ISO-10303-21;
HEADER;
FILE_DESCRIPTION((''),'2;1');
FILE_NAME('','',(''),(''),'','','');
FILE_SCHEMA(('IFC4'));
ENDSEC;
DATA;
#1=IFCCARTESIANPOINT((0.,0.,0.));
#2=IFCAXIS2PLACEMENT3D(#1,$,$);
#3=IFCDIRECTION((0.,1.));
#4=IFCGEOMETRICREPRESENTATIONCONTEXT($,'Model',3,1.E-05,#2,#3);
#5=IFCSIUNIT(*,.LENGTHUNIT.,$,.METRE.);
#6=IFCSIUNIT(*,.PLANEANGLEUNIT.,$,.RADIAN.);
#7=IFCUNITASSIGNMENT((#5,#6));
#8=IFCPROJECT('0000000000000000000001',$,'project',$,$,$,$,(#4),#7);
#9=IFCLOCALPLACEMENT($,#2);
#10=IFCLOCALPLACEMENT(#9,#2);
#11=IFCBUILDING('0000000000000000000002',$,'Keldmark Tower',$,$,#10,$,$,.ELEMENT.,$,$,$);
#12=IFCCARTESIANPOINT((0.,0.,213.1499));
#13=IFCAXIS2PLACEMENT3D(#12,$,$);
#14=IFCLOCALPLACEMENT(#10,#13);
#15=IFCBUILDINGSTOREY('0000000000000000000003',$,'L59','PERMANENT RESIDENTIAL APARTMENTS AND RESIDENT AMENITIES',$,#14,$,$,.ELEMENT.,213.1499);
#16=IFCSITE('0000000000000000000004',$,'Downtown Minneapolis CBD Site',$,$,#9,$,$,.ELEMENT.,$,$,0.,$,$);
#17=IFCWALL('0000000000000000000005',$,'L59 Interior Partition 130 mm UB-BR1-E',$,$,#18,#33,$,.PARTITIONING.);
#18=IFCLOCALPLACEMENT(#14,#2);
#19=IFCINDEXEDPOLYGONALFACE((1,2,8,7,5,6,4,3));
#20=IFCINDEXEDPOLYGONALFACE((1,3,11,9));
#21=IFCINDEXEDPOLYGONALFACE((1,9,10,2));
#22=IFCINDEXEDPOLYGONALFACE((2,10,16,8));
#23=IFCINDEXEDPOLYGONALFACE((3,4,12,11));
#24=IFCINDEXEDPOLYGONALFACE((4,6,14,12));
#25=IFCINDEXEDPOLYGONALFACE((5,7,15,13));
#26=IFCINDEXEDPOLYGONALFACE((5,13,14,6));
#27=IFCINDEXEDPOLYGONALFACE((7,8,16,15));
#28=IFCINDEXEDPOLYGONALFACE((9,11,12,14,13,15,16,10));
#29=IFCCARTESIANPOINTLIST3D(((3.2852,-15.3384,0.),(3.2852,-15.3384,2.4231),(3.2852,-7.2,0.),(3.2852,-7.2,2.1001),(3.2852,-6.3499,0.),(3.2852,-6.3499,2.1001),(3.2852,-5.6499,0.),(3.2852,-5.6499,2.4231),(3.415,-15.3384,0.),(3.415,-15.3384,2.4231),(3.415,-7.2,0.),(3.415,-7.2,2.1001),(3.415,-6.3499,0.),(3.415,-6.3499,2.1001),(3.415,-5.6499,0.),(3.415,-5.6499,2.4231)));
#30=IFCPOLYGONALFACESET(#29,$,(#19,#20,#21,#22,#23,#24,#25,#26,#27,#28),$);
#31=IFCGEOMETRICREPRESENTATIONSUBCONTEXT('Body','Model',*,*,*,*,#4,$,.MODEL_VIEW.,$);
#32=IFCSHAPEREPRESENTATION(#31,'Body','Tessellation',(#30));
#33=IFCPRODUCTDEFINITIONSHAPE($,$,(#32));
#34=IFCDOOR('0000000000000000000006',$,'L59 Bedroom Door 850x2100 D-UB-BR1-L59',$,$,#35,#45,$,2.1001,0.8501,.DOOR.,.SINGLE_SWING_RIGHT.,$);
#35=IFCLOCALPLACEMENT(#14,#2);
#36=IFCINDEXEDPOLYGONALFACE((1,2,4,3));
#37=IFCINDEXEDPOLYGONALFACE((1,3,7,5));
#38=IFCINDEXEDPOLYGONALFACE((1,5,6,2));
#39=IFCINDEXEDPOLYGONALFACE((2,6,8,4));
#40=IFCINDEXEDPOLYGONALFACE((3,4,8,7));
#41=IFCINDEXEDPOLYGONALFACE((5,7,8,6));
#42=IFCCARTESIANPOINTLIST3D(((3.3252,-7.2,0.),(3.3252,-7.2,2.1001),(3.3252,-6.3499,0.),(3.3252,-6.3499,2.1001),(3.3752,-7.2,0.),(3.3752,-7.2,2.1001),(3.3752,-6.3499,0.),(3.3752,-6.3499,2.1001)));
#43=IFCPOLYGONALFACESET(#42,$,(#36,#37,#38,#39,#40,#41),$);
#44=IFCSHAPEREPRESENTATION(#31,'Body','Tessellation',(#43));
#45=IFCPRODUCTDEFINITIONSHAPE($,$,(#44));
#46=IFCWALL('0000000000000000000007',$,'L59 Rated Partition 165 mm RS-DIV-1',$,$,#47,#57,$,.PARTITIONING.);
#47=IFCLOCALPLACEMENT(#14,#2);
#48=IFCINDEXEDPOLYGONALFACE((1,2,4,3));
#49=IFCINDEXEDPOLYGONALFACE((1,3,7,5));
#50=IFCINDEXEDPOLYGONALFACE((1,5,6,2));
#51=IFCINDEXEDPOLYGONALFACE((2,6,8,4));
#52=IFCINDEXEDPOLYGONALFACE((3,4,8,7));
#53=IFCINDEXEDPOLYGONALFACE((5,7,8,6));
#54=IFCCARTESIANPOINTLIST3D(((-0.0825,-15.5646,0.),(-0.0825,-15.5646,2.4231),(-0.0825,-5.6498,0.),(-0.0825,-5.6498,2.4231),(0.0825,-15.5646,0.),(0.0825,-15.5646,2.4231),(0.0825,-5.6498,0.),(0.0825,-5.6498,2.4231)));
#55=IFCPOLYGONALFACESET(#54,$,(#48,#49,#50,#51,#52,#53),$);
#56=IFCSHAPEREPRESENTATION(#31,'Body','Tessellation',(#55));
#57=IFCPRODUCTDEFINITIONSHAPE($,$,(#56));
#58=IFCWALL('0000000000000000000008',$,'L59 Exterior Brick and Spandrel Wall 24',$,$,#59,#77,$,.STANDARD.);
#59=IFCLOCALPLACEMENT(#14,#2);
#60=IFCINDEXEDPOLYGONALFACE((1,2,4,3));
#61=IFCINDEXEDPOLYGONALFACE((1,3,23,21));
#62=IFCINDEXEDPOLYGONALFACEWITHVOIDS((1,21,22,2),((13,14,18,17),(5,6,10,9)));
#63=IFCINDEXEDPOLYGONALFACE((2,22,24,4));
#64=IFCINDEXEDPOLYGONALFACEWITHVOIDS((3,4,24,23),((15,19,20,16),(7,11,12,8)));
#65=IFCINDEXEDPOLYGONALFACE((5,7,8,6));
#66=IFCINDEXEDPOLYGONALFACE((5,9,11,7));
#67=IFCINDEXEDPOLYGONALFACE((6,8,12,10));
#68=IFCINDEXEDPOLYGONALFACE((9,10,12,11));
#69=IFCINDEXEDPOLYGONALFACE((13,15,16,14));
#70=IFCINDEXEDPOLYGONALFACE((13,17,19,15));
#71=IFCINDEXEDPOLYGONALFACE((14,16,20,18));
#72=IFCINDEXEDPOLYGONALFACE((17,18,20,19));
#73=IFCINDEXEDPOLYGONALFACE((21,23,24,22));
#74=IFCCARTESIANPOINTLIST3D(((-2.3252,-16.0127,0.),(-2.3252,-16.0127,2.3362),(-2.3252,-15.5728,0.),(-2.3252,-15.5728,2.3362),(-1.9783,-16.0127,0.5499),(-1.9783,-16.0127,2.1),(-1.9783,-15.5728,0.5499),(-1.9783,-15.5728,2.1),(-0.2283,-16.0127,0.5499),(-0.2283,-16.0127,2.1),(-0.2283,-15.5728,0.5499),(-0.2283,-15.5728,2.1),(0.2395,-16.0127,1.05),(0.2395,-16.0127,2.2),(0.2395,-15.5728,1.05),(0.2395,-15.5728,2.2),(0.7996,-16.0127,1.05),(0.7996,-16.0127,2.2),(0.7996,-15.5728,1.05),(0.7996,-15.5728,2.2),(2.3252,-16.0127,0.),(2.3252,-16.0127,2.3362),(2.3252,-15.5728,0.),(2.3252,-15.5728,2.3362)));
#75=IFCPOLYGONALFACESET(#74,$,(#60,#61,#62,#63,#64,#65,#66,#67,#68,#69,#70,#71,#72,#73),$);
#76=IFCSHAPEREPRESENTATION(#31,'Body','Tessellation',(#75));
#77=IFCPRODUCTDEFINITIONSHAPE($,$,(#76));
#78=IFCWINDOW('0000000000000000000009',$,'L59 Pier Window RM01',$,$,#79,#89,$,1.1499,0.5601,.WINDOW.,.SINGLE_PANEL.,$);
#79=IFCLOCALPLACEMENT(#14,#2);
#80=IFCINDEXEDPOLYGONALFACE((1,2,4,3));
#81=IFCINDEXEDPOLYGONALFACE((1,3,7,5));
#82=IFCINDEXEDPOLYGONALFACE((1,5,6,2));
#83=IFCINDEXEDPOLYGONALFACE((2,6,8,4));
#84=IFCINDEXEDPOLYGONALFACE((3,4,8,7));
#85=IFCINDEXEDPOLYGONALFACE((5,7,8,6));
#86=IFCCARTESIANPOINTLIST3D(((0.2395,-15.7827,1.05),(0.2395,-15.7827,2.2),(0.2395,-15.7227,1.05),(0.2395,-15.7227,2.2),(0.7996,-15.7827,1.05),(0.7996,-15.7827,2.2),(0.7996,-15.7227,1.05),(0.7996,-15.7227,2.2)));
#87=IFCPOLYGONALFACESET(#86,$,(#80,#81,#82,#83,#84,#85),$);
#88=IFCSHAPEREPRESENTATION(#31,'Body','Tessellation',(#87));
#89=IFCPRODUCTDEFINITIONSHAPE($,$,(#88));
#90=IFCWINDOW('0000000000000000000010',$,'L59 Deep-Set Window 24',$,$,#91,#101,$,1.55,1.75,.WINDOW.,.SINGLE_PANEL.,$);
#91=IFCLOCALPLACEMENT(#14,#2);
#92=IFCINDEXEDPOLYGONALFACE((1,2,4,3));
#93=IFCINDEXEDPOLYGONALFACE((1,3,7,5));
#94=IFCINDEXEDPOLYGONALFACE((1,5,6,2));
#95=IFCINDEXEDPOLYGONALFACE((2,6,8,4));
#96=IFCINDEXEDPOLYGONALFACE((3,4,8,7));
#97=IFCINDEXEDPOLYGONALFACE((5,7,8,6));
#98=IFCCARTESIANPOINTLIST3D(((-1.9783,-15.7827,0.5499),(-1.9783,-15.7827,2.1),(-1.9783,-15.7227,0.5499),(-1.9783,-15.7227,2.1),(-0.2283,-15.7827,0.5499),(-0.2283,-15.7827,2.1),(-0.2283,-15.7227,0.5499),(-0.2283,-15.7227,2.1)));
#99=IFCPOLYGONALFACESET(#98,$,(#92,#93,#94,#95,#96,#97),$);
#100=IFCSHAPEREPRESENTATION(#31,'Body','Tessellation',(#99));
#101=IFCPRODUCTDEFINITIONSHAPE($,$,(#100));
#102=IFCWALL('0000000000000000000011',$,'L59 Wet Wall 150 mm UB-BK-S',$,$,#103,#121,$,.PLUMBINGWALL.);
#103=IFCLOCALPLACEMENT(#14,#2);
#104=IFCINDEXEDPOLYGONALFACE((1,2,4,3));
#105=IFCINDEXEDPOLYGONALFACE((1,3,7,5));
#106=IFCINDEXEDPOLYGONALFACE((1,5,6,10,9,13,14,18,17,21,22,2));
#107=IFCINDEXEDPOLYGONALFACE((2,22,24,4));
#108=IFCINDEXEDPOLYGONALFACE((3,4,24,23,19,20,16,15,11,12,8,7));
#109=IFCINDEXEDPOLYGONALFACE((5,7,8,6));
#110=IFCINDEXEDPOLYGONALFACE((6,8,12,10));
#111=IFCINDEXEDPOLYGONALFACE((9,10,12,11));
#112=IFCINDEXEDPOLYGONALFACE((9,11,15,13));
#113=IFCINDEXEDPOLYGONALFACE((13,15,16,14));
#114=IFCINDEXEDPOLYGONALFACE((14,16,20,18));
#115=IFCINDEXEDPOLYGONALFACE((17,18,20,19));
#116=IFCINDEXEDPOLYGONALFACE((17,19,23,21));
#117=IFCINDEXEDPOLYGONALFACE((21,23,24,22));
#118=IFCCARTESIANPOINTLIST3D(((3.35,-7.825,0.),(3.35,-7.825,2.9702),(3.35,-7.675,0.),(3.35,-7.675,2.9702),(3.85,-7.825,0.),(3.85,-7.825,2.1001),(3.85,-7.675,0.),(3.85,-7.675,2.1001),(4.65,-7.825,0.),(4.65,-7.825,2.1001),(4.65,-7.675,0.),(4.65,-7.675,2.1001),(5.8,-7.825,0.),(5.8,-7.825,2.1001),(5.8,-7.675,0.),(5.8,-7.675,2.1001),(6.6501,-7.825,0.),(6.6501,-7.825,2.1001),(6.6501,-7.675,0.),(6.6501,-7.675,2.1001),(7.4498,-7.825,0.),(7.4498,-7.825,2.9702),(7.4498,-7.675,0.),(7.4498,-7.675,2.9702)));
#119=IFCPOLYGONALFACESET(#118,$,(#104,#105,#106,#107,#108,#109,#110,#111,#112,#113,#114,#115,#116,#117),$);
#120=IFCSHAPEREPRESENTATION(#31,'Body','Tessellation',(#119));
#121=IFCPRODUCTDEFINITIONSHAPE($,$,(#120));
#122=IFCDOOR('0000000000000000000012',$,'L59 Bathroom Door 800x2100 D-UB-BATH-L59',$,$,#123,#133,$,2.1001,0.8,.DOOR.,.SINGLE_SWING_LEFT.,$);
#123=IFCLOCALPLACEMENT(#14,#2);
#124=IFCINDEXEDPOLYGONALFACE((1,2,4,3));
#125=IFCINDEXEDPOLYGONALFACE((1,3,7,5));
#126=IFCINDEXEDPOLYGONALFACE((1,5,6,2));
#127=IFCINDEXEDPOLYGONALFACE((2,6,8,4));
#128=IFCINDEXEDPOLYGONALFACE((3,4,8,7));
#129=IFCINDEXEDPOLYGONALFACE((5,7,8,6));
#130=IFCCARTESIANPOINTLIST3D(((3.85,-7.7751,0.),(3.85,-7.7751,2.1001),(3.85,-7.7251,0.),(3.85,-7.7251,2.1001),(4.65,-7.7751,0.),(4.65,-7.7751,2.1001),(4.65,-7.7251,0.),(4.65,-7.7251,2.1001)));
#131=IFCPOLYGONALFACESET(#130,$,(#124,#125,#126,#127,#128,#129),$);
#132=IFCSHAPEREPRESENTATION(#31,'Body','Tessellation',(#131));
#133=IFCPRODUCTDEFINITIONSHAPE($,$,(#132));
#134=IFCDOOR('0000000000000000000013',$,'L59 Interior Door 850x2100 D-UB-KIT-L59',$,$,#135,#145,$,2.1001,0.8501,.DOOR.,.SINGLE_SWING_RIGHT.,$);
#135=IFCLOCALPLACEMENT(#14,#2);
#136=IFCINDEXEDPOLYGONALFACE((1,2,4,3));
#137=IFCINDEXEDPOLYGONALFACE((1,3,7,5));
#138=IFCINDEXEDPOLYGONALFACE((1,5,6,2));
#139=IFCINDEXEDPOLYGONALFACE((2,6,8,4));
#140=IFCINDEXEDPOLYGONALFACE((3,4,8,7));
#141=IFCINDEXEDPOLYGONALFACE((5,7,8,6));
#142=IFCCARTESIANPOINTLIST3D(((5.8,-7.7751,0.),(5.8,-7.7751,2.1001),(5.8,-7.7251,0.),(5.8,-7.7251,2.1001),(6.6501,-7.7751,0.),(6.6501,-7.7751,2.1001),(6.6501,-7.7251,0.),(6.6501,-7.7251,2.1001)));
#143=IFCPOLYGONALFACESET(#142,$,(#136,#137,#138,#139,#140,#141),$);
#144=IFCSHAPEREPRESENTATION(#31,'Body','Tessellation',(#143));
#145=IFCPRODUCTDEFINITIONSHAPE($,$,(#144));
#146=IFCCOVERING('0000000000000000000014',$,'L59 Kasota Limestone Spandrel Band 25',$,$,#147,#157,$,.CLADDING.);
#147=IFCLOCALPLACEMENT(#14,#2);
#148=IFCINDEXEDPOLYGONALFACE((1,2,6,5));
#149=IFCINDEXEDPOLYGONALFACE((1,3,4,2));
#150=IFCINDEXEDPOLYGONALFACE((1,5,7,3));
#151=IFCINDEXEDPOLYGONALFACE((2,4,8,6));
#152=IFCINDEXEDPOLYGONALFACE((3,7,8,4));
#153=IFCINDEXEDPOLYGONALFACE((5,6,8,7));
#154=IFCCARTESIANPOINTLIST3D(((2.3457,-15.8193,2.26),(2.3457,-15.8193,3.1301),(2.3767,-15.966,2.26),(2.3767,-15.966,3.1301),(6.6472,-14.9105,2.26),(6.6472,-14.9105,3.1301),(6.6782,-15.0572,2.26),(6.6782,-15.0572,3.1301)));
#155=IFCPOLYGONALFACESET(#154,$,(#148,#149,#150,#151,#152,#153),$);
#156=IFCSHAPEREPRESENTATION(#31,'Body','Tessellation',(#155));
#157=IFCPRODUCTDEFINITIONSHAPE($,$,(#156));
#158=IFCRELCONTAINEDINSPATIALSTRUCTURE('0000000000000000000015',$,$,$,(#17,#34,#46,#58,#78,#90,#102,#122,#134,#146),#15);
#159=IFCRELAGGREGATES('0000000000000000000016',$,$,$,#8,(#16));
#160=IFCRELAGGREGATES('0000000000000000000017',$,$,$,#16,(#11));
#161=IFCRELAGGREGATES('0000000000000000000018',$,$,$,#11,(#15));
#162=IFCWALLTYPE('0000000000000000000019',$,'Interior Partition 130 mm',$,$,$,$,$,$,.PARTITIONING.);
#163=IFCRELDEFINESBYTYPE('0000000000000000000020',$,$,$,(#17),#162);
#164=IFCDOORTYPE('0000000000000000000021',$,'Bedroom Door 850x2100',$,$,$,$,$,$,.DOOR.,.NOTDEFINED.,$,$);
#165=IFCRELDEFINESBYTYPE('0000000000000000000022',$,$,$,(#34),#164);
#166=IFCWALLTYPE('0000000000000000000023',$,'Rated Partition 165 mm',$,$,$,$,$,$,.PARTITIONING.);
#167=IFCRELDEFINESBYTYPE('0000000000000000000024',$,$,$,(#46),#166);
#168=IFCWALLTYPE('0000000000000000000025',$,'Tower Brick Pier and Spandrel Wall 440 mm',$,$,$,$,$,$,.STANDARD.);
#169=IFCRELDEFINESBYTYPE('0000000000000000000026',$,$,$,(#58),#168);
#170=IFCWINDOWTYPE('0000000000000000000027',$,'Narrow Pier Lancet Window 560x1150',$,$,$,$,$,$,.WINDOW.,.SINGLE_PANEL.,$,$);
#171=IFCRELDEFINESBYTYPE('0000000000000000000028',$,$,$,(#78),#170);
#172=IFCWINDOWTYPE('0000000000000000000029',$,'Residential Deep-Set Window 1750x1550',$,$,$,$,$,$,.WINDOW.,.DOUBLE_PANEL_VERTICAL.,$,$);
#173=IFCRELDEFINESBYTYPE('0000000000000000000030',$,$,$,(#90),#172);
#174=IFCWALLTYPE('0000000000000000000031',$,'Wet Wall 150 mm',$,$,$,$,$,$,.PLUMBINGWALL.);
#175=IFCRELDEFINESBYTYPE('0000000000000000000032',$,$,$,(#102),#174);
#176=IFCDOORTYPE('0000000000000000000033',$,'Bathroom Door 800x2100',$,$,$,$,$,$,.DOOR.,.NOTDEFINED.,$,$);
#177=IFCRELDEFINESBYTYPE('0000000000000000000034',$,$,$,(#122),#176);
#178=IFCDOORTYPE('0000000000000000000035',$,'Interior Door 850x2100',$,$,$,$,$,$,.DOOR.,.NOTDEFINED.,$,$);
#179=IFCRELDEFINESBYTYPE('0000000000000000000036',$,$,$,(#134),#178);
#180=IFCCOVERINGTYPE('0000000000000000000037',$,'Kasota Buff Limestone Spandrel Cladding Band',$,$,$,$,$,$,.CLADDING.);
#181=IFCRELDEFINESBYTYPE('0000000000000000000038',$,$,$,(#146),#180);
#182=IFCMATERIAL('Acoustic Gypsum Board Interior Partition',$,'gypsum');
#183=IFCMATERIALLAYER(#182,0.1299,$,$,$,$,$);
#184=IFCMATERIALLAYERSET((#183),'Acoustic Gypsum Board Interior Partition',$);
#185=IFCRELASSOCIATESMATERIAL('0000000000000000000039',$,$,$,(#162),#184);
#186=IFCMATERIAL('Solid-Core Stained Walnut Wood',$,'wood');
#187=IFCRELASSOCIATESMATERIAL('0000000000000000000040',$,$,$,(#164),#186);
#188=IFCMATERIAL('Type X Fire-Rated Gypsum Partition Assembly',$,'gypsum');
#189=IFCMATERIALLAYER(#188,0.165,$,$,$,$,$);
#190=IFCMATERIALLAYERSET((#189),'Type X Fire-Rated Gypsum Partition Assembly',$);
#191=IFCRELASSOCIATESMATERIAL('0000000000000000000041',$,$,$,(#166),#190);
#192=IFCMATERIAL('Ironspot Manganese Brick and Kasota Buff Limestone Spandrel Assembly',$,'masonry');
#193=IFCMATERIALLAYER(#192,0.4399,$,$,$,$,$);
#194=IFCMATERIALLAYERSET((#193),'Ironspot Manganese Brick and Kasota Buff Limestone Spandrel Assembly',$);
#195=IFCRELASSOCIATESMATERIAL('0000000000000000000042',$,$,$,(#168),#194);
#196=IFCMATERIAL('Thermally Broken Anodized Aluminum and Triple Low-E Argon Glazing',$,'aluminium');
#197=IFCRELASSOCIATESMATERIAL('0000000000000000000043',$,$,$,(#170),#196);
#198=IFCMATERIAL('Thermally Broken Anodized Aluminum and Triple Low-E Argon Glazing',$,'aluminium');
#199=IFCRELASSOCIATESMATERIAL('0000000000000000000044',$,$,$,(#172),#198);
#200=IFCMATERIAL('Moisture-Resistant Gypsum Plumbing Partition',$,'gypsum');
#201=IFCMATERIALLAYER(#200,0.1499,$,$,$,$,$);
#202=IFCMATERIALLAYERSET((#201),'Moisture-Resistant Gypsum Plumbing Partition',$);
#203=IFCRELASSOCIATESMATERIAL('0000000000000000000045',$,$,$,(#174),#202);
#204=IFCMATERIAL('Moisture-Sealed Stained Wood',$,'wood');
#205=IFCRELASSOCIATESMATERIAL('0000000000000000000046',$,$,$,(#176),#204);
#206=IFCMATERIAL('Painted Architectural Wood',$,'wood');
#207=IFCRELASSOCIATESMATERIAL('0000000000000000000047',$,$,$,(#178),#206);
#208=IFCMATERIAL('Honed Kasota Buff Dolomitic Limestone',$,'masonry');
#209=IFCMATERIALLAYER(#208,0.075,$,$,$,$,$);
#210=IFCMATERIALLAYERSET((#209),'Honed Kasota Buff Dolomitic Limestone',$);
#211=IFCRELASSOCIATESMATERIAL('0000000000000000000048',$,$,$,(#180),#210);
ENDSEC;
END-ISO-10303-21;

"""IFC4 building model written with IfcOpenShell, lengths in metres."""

from ifc_helpers import new_model, si_unit, direction, frame, frame_2d, origin, origin_2d, place, context, subcontext, project, spatial, rectangle, extrude, material, layer, layer_set, type_object, element, fill, save


model = new_model("IFC4")

# Units and contexts
model_context = context("Model", 3, precision=1e-05, world=origin(), true_north=direction((0.0, 1.0)))
body_context = subcontext(model_context, "Body", "Model", "MODEL_VIEW")
ifc_project = project(units=[si_unit("LENGTHUNIT", "METRE"), si_unit("PLANEANGLEUNIT", "RADIAN")], contexts=[model_context])

# Site, building, storey
site_placement = place(None, origin())
site = spatial("IfcSite", under=ifc_project, at=site_placement, Name="Downtown Minneapolis CBD Site", CompositionType="ELEMENT", RefElevation=0.0)
building_placement = place(site_placement, origin())
building = spatial("IfcBuilding", under=site, at=building_placement, Name="Keldmark Tower", CompositionType="ELEMENT")
storey_placement = place(building_placement, frame((0.0, 0.0, 213.1499)))
storey = spatial("IfcBuildingStorey", under=building, at=storey_placement, Name="L59", Description="PERMANENT RESIDENTIAL APARTMENTS AND RESIDENT AMENITIES", CompositionType="ELEMENT", Elevation=213.1499)

# Wall, opening, door
ifc_material_1 = material(Name="Acoustic Gypsum Board Interior Partition", Category="gypsum")
ifc_layer_1 = layer(ifc_material_1, 0.1299)
ifc_layer_set_1 = layer_set([ifc_layer_1], Name="Acoustic Gypsum Board Interior Partition")
wall_type_1 = type_object("IfcWallType", Name="Interior Partition 130 mm", PredefinedType="PARTITIONING", material=ifc_layer_set_1)
wall_1_placement = place(storey_placement, frame((3.3501, -15.3384, 0.0), z_axis=(0.0, 0.0, 1.0), x_axis=(0.0, 1.0, 0.0)))
wall_1 = element("IfcWall", 1, at=wall_1_placement, inside=storey, type_object=wall_type_1, Name="L59 Interior Partition 130 mm UB-BR1-E", PredefinedType="PARTITIONING", context=body_context, shape_type="SweptSolid", body=[
    extrude(rectangle(XDim=9.6885, YDim=0.1299, at=frame_2d((4.8442, 0.0))), origin(), (0.0, 0.0, 1.0), 2.4231),
])
opening_1_placement = place(wall_1_placement, frame((8.1384, 0.0, 0.0)))
opening_1 = element("IfcOpeningElement", 2, at=opening_1_placement, cuts=wall_1, PredefinedType="OPENING", context=body_context, shape_type="SweptSolid", body=[
    extrude(rectangle(XDim=0.8501, YDim=2.1001, at=frame_2d((0.425, 1.05))), frame((0.0, 0.075, 0.0), z_axis=(0.0, -1.0, 0.0), x_axis=(1.0, 0.0, 0.0)), (0.0, 0.0, 1.0), 0.1499),
])
ifc_material_2 = material(Name="Solid-Core Stained Walnut Wood", Category="wood")
door_type_1 = type_object("IfcDoorType", Name="Bedroom Door 850x2100", OperationType="NOTDEFINED", PredefinedType="DOOR", material=ifc_material_2)
door_1_placement = place(opening_1_placement, origin())
door_1 = element("IfcDoor", 3, at=door_1_placement, inside=storey, type_object=door_type_1, Name="L59 Bedroom Door 850x2100 D-UB-BR1-L59", OperationType="SINGLE_SWING_RIGHT", OverallHeight=2.1001, OverallWidth=0.8501, PredefinedType="DOOR", context=body_context, shape_type="SweptSolid", body=[
    extrude(rectangle(XDim=0.8501, YDim=2.1001, at=frame_2d((0.425, 1.05))), frame((0.0, 0.0249, 0.0), z_axis=(0.0, -1.0, 0.0), x_axis=(1.0, 0.0, 0.0)), (0.0, 0.0, 1.0), 0.05),
])
fill(opening_1, door_1)

# Wall
ifc_material_3 = material(Name="Type X Fire-Rated Gypsum Partition Assembly", Category="gypsum")
ifc_layer_2 = layer(ifc_material_3, 0.165)
ifc_layer_set_2 = layer_set([ifc_layer_2], Name="Type X Fire-Rated Gypsum Partition Assembly")
wall_type_2 = type_object("IfcWallType", Name="Rated Partition 165 mm", PredefinedType="PARTITIONING", material=ifc_layer_set_2)
wall_2_placement = place(storey_placement, frame((0.0, -15.5647, 0.0), z_axis=(0.0, 0.0, 1.0), x_axis=(0.0, 1.0, 0.0)))
element("IfcWall", 4, at=wall_2_placement, inside=storey, type_object=wall_type_2, Name="L59 Rated Partition 165 mm RS-DIV-1", PredefinedType="PARTITIONING", context=body_context, shape_type="SweptSolid", body=[
    extrude(rectangle(XDim=9.9148, YDim=0.165, at=frame_2d((4.9575, 0.0))), origin(), (0.0, 0.0, 1.0), 2.4231),
])

# Wall, openings, windows
ifc_material_4 = material(Name="Ironspot Manganese Brick and Kasota Buff Limestone Spandrel Assembly", Category="masonry")
ifc_layer_3 = layer(ifc_material_4, 0.4399)
ifc_layer_set_3 = layer_set([ifc_layer_3], Name="Ironspot Manganese Brick and Kasota Buff Limestone Spandrel Assembly")
wall_type_3 = type_object("IfcWallType", Name="Tower Brick Pier and Spandrel Wall 440 mm", PredefinedType="STANDARD", material=ifc_layer_set_3)
wall_3_placement = place(storey_placement, frame((2.3252, -15.7927, 0.0), z_axis=(0.0, 0.0, 1.0), x_axis=(-1.0, 0.0, 0.0)))
wall_3 = element("IfcWall", 5, at=wall_3_placement, inside=storey, type_object=wall_type_3, Name="L59 Exterior Brick and Spandrel Wall 24", PredefinedType="STANDARD", context=body_context, shape_type="SweptSolid", body=[
    extrude(rectangle(XDim=4.6504, YDim=0.4399, at=frame_2d((2.3252, 0.0))), origin(), (0.0, 0.0, 1.0), 2.3362),
])
opening_2_placement = place(wall_3_placement, frame((2.5535, 0.0, 0.55)))
opening_2 = element("IfcOpeningElement", 6, at=opening_2_placement, cuts=wall_3, PredefinedType="OPENING", context=body_context, shape_type="SweptSolid", body=[
    extrude(rectangle(XDim=1.75, YDim=1.55, at=frame_2d((0.875, 0.7749))), frame((0.0, 0.23, 0.0), z_axis=(0.0, -1.0, 0.0), x_axis=(1.0, 0.0, 0.0)), (0.0, 0.0, 1.0), 0.46),
])
opening_3_placement = place(wall_3_placement, frame((1.5256, 0.0, 1.05)))
opening_3 = element("IfcOpeningElement", 7, at=opening_3_placement, cuts=wall_3, PredefinedType="OPENING", context=body_context, shape_type="SweptSolid", body=[
    extrude(rectangle(XDim=0.5601, YDim=1.1499, at=frame_2d((0.28, 0.575))), frame((0.0, 0.23, 0.0), z_axis=(0.0, -1.0, 0.0), x_axis=(1.0, 0.0, 0.0)), (0.0, 0.0, 1.0), 0.46),
])
ifc_material_5 = material(Name="Thermally Broken Anodized Aluminum and Triple Low-E Argon Glazing", Category="aluminium")
window_type_1 = type_object("IfcWindowType", Name="Narrow Pier Lancet Window 560x1150", PartitioningType="SINGLE_PANEL", PredefinedType="WINDOW", material=ifc_material_5)
window_1_placement = place(opening_3_placement, origin())
window_1 = element("IfcWindow", 8, at=window_1_placement, inside=storey, type_object=window_type_1, Name="L59 Pier Window RM01", OverallHeight=1.1499, OverallWidth=0.5601, PartitioningType="SINGLE_PANEL", PredefinedType="WINDOW", context=body_context, shape_type="SweptSolid", body=[
    extrude(rectangle(XDim=0.5601, YDim=1.1499, at=frame_2d((0.28, 0.575))), frame((0.0, -0.01, 0.0), z_axis=(0.0, -1.0, 0.0), x_axis=(1.0, 0.0, 0.0)), (0.0, 0.0, 1.0), 0.0601),
])
fill(opening_3, window_1)
ifc_material_6 = material(Name="Thermally Broken Anodized Aluminum and Triple Low-E Argon Glazing", Category="aluminium")
window_type_2 = type_object("IfcWindowType", Name="Residential Deep-Set Window 1750x1550", PartitioningType="DOUBLE_PANEL_VERTICAL", PredefinedType="WINDOW", material=ifc_material_6)
window_2_placement = place(opening_2_placement, origin())
window_2 = element("IfcWindow", 9, at=window_2_placement, inside=storey, type_object=window_type_2, Name="L59 Deep-Set Window 24", OverallHeight=1.55, OverallWidth=1.75, PartitioningType="SINGLE_PANEL", PredefinedType="WINDOW", context=body_context, shape_type="SweptSolid", body=[
    extrude(rectangle(XDim=1.75, YDim=1.55, at=frame_2d((0.875, 0.7749))), frame((0.0, -0.01, 0.0), z_axis=(0.0, -1.0, 0.0), x_axis=(1.0, 0.0, 0.0)), (0.0, 0.0, 1.0), 0.0601),
])
fill(opening_2, window_2)

# Wall, openings, doors
ifc_material_7 = material(Name="Moisture-Resistant Gypsum Plumbing Partition", Category="gypsum")
ifc_layer_4 = layer(ifc_material_7, 0.1499)
ifc_layer_set_4 = layer_set([ifc_layer_4], Name="Moisture-Resistant Gypsum Plumbing Partition")
wall_type_4 = type_object("IfcWallType", Name="Wet Wall 150 mm", PredefinedType="PLUMBINGWALL", material=ifc_layer_set_4)
wall_4_placement = place(storey_placement, frame((3.3501, -7.75, 0.0), z_axis=(0.0, 0.0, 1.0), x_axis=(1.0, 0.0, 0.0)))
wall_4 = element("IfcWall", 10, at=wall_4_placement, inside=storey, type_object=wall_type_4, Name="L59 Wet Wall 150 mm UB-BK-S", PredefinedType="PLUMBINGWALL", context=body_context, shape_type="SweptSolid", body=[
    extrude(rectangle(XDim=4.0999, YDim=0.1499, at=frame_2d((2.0498, 0.0))), origin(), (0.0, 0.0, 1.0), 2.9702),
])
opening_4_placement = place(wall_4_placement, frame((0.5, 0.0, 0.0)))
opening_4 = element("IfcOpeningElement", 11, at=opening_4_placement, cuts=wall_4, PredefinedType="OPENING", context=body_context, shape_type="SweptSolid", body=[
    extrude(rectangle(XDim=0.8, YDim=2.1001, at=frame_2d((0.3999, 1.05))), frame((0.0, 0.085, 0.0), z_axis=(0.0, -1.0, 0.0), x_axis=(1.0, 0.0, 0.0)), (0.0, 0.0, 1.0), 0.1699),
])
opening_5_placement = place(wall_4_placement, frame((2.45, 0.0, 0.0)))
opening_5 = element("IfcOpeningElement", 12, at=opening_5_placement, cuts=wall_4, PredefinedType="OPENING", context=body_context, shape_type="SweptSolid", body=[
    extrude(rectangle(XDim=0.8501, YDim=2.1001, at=frame_2d((0.425, 1.05))), frame((0.0, 0.085, 0.0), z_axis=(0.0, -1.0, 0.0), x_axis=(1.0, 0.0, 0.0)), (0.0, 0.0, 1.0), 0.1699),
])
ifc_material_8 = material(Name="Moisture-Sealed Stained Wood", Category="wood")
door_type_2 = type_object("IfcDoorType", Name="Bathroom Door 800x2100", OperationType="NOTDEFINED", PredefinedType="DOOR", material=ifc_material_8)
door_2_placement = place(opening_4_placement, origin())
door_2 = element("IfcDoor", 13, at=door_2_placement, inside=storey, type_object=door_type_2, Name="L59 Bathroom Door 800x2100 D-UB-BATH-L59", OperationType="SINGLE_SWING_LEFT", OverallHeight=2.1001, OverallWidth=0.8, PredefinedType="DOOR", context=body_context, shape_type="SweptSolid", body=[
    extrude(rectangle(XDim=0.8, YDim=2.1001, at=frame_2d((0.3999, 1.05))), frame((0.0, 0.0249, 0.0), z_axis=(0.0, -1.0, 0.0), x_axis=(1.0, 0.0, 0.0)), (0.0, 0.0, 1.0), 0.05),
])
fill(opening_4, door_2)
ifc_material_9 = material(Name="Painted Architectural Wood", Category="wood")
door_type_3 = type_object("IfcDoorType", Name="Interior Door 850x2100", OperationType="NOTDEFINED", PredefinedType="DOOR", material=ifc_material_9)
door_3_placement = place(opening_5_placement, origin())
door_3 = element("IfcDoor", 14, at=door_3_placement, inside=storey, type_object=door_type_3, Name="L59 Interior Door 850x2100 D-UB-KIT-L59", OperationType="SINGLE_SWING_RIGHT", OverallHeight=2.1001, OverallWidth=0.8501, PredefinedType="DOOR", context=body_context, shape_type="SweptSolid", body=[
    extrude(rectangle(XDim=0.8501, YDim=2.1001, at=frame_2d((0.425, 1.05))), frame((0.0, 0.0249, 0.0), z_axis=(0.0, -1.0, 0.0), x_axis=(1.0, 0.0, 0.0)), (0.0, 0.0, 1.0), 0.05),
])
fill(opening_5, door_3)

# Covering
ifc_material_10 = material(Name="Honed Kasota Buff Dolomitic Limestone", Category="masonry")
ifc_layer_5 = layer(ifc_material_10, 0.075)
ifc_layer_set_5 = layer_set([ifc_layer_5], Name="Honed Kasota Buff Dolomitic Limestone")
covering_type = type_object("IfcCoveringType", Name="Kasota Buff Limestone Spandrel Cladding Band", PredefinedType="CLADDING", material=ifc_layer_set_5)
covering_placement = place(storey_placement, frame((4.512, -15.4382, 2.26), z_axis=(0.0, 0.0, 1.0), x_axis=(0.978401, 0.206717, 0.0)))
element("IfcCovering", 15, at=covering_placement, inside=storey, type_object=covering_type, Name="L59 Kasota Limestone Spandrel Band 25", PredefinedType="CLADDING", context=body_context, shape_type="SweptSolid", body=[
    extrude(rectangle(XDim=4.3965, YDim=0.1499, at=origin_2d()), origin(), (0.0, 0.0, 1.0), 0.8701),
])

save(model, "model.ifc")
